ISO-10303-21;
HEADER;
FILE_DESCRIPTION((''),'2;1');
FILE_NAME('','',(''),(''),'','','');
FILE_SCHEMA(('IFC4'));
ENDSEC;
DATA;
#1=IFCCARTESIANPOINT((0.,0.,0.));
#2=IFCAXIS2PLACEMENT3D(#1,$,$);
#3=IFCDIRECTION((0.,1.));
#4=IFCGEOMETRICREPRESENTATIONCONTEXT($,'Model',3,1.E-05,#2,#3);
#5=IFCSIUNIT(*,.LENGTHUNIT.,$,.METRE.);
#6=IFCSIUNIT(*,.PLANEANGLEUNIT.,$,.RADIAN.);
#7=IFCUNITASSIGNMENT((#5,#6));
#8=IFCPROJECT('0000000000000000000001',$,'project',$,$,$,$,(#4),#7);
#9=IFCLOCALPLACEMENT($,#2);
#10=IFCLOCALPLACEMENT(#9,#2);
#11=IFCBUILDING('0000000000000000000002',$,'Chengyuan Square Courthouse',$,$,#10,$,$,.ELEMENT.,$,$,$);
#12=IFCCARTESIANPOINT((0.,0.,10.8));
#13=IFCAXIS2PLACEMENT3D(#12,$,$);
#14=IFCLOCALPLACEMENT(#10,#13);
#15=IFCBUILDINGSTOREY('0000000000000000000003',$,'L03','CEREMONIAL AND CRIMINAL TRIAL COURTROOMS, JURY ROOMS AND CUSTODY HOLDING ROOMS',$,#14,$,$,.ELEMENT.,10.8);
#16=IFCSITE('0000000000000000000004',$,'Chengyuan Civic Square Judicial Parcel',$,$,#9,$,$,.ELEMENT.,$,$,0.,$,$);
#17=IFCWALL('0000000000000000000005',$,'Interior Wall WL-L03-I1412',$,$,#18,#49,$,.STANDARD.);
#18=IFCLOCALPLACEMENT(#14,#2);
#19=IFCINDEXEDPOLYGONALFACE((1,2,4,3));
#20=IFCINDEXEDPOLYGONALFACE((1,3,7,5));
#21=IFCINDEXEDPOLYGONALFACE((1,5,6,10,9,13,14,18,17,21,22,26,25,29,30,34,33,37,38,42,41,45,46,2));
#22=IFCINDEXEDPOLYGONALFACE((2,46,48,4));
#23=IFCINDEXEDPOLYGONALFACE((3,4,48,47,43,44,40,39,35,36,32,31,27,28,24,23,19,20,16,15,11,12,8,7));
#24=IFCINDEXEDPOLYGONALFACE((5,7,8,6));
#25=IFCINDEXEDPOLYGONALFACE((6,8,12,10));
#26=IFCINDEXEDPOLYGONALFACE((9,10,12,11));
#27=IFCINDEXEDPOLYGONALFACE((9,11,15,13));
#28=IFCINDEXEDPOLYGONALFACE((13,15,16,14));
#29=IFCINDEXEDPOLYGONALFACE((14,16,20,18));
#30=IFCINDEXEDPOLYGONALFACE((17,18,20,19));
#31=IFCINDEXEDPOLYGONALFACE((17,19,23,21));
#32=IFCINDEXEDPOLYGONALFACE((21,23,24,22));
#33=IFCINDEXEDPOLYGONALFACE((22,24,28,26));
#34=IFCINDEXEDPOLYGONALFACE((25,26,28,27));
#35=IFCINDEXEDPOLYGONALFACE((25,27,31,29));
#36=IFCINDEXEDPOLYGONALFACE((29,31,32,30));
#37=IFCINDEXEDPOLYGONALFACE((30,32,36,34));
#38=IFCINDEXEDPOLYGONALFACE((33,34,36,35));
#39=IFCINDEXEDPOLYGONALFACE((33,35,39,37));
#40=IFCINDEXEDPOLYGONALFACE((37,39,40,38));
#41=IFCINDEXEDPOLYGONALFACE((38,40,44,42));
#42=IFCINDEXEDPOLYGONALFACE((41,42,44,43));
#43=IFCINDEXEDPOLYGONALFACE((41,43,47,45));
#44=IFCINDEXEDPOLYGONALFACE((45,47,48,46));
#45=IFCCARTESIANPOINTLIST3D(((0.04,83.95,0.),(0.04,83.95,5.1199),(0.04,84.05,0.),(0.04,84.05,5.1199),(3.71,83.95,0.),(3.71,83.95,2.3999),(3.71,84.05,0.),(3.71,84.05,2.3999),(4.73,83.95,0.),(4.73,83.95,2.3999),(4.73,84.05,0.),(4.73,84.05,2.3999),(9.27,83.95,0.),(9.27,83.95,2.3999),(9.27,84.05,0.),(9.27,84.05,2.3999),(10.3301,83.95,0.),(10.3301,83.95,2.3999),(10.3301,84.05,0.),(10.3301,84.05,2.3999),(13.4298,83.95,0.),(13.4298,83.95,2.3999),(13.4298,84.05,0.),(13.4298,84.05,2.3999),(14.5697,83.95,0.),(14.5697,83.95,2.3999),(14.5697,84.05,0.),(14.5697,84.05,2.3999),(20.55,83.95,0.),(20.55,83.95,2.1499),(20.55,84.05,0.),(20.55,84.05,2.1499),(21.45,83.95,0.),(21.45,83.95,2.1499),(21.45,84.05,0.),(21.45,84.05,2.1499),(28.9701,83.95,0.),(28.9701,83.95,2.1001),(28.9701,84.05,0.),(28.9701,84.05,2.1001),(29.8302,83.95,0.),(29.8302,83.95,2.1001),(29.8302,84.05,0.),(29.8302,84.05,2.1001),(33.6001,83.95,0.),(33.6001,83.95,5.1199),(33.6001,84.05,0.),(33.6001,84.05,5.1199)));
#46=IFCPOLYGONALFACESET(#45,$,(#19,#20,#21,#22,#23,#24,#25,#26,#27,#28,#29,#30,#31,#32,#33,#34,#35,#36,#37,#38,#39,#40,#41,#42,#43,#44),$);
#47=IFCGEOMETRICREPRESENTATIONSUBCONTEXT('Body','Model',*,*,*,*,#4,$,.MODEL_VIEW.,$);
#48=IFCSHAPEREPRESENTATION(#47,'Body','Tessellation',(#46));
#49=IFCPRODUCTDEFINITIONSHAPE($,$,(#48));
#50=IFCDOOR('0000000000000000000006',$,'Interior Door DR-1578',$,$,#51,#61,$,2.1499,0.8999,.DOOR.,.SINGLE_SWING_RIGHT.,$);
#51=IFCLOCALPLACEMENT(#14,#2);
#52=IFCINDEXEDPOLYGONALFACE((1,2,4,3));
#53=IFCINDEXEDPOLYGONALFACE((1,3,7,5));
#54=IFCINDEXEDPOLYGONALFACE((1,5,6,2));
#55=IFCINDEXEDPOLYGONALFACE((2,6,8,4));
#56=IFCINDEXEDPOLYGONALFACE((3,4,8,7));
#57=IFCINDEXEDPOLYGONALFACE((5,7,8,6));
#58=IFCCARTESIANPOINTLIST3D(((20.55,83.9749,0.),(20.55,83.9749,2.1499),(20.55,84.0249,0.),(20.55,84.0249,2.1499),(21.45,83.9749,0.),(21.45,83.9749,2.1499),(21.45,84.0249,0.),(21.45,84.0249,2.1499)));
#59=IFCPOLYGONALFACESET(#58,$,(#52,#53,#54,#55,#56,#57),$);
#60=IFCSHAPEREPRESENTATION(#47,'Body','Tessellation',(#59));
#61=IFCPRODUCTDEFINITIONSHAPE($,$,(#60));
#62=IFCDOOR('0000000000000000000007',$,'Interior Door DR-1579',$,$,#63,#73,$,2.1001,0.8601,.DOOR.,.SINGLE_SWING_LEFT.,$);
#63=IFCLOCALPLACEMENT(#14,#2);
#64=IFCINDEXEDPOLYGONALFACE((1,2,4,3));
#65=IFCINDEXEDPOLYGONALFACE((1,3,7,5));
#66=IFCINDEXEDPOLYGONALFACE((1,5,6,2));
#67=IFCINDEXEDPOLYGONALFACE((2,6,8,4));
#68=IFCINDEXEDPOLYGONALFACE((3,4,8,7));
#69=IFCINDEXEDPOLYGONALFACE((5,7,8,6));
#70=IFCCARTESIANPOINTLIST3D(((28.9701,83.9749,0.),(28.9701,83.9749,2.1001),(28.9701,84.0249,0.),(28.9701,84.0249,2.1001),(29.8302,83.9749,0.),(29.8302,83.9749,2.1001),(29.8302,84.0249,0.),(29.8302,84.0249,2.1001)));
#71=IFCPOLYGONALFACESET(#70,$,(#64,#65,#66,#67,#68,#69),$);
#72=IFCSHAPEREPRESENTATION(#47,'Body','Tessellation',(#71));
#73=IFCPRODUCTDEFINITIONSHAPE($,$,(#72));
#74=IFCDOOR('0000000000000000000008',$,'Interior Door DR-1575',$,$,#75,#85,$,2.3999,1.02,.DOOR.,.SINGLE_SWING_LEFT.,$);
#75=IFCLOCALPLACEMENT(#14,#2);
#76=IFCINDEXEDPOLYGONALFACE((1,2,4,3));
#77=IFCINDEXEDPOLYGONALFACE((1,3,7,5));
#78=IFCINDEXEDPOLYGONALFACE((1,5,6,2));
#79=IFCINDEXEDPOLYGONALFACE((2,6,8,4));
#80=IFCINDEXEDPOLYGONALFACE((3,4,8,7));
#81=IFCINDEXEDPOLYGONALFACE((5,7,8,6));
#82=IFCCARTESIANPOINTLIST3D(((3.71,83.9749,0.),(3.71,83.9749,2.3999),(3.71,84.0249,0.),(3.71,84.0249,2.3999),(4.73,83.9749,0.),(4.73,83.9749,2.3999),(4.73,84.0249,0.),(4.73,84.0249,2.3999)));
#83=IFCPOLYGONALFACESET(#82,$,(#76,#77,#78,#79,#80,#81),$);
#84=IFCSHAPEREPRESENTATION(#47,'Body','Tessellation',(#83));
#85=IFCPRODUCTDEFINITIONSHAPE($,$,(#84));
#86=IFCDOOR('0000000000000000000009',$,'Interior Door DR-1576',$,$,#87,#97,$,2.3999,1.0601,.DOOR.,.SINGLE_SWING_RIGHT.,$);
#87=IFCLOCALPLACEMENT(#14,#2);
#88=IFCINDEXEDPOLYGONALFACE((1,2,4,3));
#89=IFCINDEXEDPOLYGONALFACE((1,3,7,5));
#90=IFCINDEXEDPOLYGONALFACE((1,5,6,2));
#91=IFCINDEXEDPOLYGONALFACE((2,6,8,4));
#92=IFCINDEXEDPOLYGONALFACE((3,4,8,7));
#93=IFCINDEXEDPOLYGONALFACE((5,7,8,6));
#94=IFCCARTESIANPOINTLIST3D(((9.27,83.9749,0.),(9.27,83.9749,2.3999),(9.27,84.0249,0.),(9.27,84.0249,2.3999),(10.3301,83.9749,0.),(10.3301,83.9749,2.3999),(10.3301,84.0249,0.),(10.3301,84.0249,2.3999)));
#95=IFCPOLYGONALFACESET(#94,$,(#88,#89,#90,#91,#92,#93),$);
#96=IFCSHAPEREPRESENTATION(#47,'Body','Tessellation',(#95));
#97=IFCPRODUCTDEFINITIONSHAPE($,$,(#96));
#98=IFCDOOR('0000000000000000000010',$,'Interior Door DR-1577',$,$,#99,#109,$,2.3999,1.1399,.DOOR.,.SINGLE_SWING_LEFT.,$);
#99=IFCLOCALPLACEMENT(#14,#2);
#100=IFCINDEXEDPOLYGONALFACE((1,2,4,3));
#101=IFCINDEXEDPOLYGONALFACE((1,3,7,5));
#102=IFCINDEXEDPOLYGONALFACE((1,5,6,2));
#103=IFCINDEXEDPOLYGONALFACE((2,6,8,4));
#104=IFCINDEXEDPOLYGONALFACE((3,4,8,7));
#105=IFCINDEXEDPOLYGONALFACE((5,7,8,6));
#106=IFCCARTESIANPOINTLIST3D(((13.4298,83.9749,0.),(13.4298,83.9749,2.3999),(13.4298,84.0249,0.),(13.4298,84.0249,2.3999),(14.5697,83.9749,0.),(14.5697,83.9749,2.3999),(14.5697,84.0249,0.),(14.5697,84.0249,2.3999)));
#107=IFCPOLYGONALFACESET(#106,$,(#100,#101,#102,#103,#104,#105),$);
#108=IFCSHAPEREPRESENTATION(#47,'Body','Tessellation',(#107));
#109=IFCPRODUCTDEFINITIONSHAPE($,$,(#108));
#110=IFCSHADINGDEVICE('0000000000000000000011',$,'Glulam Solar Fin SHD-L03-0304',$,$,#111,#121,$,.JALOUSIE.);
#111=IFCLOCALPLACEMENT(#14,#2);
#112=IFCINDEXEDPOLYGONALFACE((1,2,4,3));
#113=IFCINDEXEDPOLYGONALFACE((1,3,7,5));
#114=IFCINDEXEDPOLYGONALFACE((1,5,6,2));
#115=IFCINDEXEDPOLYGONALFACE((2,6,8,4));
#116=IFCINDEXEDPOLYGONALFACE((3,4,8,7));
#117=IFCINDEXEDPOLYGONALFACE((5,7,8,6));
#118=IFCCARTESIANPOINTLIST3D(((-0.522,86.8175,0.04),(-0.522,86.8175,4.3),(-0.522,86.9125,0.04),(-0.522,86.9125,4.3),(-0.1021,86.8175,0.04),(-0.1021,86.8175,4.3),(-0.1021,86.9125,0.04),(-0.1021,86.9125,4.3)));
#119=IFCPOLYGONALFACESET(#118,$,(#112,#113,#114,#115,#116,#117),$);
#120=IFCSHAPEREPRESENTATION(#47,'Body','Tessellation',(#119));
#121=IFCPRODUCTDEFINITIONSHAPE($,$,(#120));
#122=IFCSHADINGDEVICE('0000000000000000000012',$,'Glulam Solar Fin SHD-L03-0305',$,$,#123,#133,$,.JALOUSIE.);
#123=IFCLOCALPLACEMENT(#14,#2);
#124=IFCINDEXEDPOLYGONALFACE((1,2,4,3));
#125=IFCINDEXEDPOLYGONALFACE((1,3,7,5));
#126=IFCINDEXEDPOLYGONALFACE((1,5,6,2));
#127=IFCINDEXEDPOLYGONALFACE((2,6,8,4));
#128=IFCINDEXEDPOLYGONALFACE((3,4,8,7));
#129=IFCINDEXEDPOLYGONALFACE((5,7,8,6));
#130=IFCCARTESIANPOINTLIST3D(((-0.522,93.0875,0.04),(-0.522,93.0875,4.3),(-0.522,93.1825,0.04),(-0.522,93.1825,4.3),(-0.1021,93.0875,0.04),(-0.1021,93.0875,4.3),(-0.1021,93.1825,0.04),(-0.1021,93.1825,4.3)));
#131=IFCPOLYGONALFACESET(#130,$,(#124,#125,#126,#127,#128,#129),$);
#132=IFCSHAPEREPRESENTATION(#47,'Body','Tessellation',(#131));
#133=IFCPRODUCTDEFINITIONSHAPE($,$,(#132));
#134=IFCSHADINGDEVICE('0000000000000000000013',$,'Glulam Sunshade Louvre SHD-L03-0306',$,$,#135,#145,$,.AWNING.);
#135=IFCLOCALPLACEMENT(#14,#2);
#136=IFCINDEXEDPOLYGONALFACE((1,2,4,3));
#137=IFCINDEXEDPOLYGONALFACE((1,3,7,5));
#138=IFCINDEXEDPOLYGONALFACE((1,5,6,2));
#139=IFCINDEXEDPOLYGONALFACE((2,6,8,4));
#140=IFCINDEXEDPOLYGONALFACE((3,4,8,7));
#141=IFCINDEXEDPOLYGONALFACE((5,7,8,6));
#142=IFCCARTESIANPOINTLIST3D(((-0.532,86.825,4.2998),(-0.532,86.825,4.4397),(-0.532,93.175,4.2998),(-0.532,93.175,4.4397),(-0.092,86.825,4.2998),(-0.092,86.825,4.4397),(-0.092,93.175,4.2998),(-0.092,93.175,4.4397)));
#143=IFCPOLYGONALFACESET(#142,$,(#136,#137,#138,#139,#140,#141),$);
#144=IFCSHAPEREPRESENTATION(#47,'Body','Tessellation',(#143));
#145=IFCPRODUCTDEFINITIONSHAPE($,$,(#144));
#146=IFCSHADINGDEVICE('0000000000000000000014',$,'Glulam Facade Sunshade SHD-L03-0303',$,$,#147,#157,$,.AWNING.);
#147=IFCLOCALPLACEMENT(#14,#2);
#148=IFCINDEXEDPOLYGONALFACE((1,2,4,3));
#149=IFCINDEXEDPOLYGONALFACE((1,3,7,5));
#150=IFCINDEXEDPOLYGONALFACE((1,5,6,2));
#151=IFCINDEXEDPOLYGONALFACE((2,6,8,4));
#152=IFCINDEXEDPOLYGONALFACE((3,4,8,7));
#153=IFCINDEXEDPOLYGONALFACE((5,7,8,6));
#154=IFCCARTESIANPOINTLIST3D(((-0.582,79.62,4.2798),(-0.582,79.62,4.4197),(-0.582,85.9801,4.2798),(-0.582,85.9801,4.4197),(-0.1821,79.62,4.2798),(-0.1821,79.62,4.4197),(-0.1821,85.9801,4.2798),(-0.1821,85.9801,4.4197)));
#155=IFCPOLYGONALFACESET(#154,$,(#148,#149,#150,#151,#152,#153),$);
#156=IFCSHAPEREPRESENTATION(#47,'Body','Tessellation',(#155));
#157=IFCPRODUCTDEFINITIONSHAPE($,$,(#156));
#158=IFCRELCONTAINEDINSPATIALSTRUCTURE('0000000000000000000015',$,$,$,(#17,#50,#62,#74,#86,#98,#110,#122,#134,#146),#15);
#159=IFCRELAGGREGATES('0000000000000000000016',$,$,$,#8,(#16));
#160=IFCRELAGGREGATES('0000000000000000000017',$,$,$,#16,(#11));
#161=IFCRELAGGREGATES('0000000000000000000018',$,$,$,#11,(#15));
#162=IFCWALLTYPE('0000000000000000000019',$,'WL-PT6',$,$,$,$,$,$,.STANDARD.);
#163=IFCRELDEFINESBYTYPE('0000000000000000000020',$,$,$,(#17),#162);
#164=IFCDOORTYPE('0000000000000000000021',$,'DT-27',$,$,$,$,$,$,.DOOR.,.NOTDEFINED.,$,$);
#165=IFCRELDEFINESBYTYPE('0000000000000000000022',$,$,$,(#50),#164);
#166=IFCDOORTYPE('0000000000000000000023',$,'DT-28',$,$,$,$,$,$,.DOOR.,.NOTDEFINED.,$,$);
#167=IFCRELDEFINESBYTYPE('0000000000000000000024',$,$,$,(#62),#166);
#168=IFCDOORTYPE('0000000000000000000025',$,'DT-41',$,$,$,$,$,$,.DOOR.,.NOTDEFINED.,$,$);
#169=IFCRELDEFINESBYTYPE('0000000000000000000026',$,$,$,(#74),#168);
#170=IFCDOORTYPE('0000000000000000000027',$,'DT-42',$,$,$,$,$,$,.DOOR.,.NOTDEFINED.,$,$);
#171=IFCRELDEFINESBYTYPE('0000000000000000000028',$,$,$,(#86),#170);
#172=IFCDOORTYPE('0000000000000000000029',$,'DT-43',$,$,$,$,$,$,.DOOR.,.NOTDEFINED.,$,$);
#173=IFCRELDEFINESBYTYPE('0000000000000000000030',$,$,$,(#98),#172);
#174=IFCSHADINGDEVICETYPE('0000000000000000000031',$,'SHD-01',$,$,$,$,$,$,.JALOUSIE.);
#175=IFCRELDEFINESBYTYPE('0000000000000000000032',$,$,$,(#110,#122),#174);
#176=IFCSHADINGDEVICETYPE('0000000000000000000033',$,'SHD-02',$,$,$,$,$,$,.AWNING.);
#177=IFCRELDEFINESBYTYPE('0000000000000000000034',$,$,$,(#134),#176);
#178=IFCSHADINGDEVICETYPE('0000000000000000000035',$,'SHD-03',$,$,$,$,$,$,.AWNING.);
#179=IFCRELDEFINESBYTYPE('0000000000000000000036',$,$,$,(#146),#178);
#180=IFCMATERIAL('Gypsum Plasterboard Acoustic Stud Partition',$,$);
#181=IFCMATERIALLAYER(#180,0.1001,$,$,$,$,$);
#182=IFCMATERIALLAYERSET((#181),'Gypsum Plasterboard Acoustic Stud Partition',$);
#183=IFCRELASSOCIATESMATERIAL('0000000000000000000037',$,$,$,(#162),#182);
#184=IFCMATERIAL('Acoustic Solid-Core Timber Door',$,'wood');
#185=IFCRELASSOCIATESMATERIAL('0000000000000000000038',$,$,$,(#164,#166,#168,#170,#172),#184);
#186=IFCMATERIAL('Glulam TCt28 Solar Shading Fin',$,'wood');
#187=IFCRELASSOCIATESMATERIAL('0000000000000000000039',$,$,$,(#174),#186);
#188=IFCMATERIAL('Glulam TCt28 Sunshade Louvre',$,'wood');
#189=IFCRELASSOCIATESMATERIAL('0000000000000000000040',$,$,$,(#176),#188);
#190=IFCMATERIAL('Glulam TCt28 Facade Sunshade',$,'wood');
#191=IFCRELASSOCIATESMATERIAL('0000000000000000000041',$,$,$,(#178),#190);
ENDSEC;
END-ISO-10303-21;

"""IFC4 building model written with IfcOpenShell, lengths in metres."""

from ifc_helpers import new_model, si_unit, direction, frame, frame_2d, origin, origin_2d, place, context, subcontext, project, spatial, rectangle, extrude, material, layer, layer_set, type_object, element, fill, save


model = new_model("IFC4")

# Units and contexts
model_context = context("Model", 3, precision=1e-05, world=origin(), true_north=direction((0.0, 1.0)))
body_context = subcontext(model_context, "Body", "Model", "MODEL_VIEW")
ifc_project = project(units=[si_unit("LENGTHUNIT", "METRE"), si_unit("PLANEANGLEUNIT", "RADIAN")], contexts=[model_context])

# Site, building, storey
site_placement = place(None, origin())
site = spatial("IfcSite", under=ifc_project, at=site_placement, Name="Chengyuan Civic Square Judicial Parcel", CompositionType="ELEMENT", RefElevation=0.0)
building_placement = place(site_placement, origin())
building = spatial("IfcBuilding", under=site, at=building_placement, Name="Chengyuan Square Courthouse", CompositionType="ELEMENT")
storey_placement = place(building_placement, frame((0.0, 0.0, 10.8)))
storey = spatial("IfcBuildingStorey", under=building, at=storey_placement, Name="L03", Description="CEREMONIAL AND CRIMINAL TRIAL COURTROOMS, JURY ROOMS AND CUSTODY HOLDING ROOMS", CompositionType="ELEMENT", Elevation=10.8)

# Wall, openings, doors
ifc_material_1 = material(Name="Gypsum Plasterboard Acoustic Stud Partition")
ifc_layer_1 = layer(ifc_material_1, 0.1001)
ifc_layer_set_1 = layer_set([ifc_layer_1], Name="Gypsum Plasterboard Acoustic Stud Partition")
wall_type_1 = type_object("IfcWallType", Name="WL-PT6", PredefinedType="STANDARD", material=ifc_layer_set_1)
wall_1_placement = place(storey_placement, frame((0.04, 84.0, 0.0), z_axis=(0.0, 0.0, 1.0), x_axis=(1.0, 0.0, 0.0)))
wall_1 = element("IfcWall", 1, at=wall_1_placement, inside=storey, type_object=wall_type_1, Name="Interior Wall WL-L03-I1412", PredefinedType="STANDARD", context=body_context, shape_type="SweptSolid", body=[
    extrude(rectangle(XDim=33.5601, YDim=0.1001, at=frame_2d((16.78, 0.0))), origin(), (0.0, 0.0, 1.0), 5.1199),
])
opening_1_placement = place(wall_1_placement, frame((3.6699, 0.0, 0.0)))
opening_1 = element("IfcOpeningElement", 2, at=opening_1_placement, cuts=wall_1, PredefinedType="OPENING", context=body_context, shape_type="SweptSolid", body=[
    extrude(rectangle(XDim=1.02, YDim=2.3999, at=frame_2d((0.51, 1.2))), frame((0.0, 0.062, 0.0), z_axis=(0.0, -1.0, 0.0), x_axis=(1.0, 0.0, 0.0)), (0.0, 0.0, 1.0), 0.124),
])
opening_2_placement = place(wall_1_placement, frame((9.23, 0.0, 0.0)))
opening_2 = element("IfcOpeningElement", 3, at=opening_2_placement, cuts=wall_1, PredefinedType="OPENING", context=body_context, shape_type="SweptSolid", body=[
    extrude(rectangle(XDim=1.0601, YDim=2.3999, at=frame_2d((0.53, 1.2))), frame((0.0, 0.062, 0.0), z_axis=(0.0, -1.0, 0.0), x_axis=(1.0, 0.0, 0.0)), (0.0, 0.0, 1.0), 0.124),
])
opening_3_placement = place(wall_1_placement, frame((13.3899, 0.0, 0.0)))
opening_3 = element("IfcOpeningElement", 4, at=opening_3_placement, cuts=wall_1, PredefinedType="OPENING", context=body_context, shape_type="SweptSolid", body=[
    extrude(rectangle(XDim=1.1399, YDim=2.3999, at=frame_2d((0.5698, 1.2))), frame((0.0, 0.062, 0.0), z_axis=(0.0, -1.0, 0.0), x_axis=(1.0, 0.0, 0.0)), (0.0, 0.0, 1.0), 0.124),
])
opening_4_placement = place(wall_1_placement, frame((20.51, 0.0, 0.0)))
opening_4 = element("IfcOpeningElement", 5, at=opening_4_placement, cuts=wall_1, PredefinedType="OPENING", context=body_context, shape_type="SweptSolid", body=[
    extrude(rectangle(XDim=0.8999, YDim=2.1499, at=frame_2d((0.45, 1.075))), frame((0.0, 0.062, 0.0), z_axis=(0.0, -1.0, 0.0), x_axis=(1.0, 0.0, 0.0)), (0.0, 0.0, 1.0), 0.124),
])
opening_5_placement = place(wall_1_placement, frame((28.9299, 0.0, 0.0)))
opening_5 = element("IfcOpeningElement", 6, at=opening_5_placement, cuts=wall_1, PredefinedType="OPENING", context=body_context, shape_type="SweptSolid", body=[
    extrude(rectangle(XDim=0.8601, YDim=2.1001, at=frame_2d((0.4302, 1.05))), frame((0.0, 0.062, 0.0), z_axis=(0.0, -1.0, 0.0), x_axis=(1.0, 0.0, 0.0)), (0.0, 0.0, 1.0), 0.124),
])
ifc_material_2 = material(Name="Acoustic Solid-Core Timber Door", Category="wood")
door_type_1 = type_object("IfcDoorType", Name="DT-27", OperationType="NOTDEFINED", PredefinedType="DOOR", material=ifc_material_2)
door_1_placement = place(opening_4_placement, origin())
door_1 = element("IfcDoor", 7, at=door_1_placement, inside=storey, type_object=door_type_1, Name="Interior Door DR-1578", OperationType="SINGLE_SWING_RIGHT", OverallHeight=2.1499, OverallWidth=0.8999, PredefinedType="DOOR", context=body_context, shape_type="SweptSolid", body=[
    extrude(rectangle(XDim=0.8999, YDim=2.1499, at=frame_2d((0.45, 1.075))), frame((0.0, 0.0249, 0.0), z_axis=(0.0, -1.0, 0.0), x_axis=(1.0, 0.0, 0.0)), (0.0, 0.0, 1.0), 0.05),
])
fill(opening_4, door_1)
door_type_2 = type_object("IfcDoorType", Name="DT-28", OperationType="NOTDEFINED", PredefinedType="DOOR", material=ifc_material_2)
door_2_placement = place(opening_5_placement, origin())
door_2 = element("IfcDoor", 8, at=door_2_placement, inside=storey, type_object=door_type_2, Name="Interior Door DR-1579", OperationType="SINGLE_SWING_LEFT", OverallHeight=2.1001, OverallWidth=0.8601, PredefinedType="DOOR", context=body_context, shape_type="SweptSolid", body=[
    extrude(rectangle(XDim=0.8601, YDim=2.1001, at=frame_2d((0.4302, 1.05))), frame((0.0, 0.0249, 0.0), z_axis=(0.0, -1.0, 0.0), x_axis=(1.0, 0.0, 0.0)), (0.0, 0.0, 1.0), 0.05),
])
fill(opening_5, door_2)
door_type_3 = type_object("IfcDoorType", Name="DT-41", OperationType="NOTDEFINED", PredefinedType="DOOR", material=ifc_material_2)
door_3_placement = place(opening_1_placement, origin())
door_3 = element("IfcDoor", 9, at=door_3_placement, inside=storey, type_object=door_type_3, Name="Interior Door DR-1575", OperationType="SINGLE_SWING_LEFT", OverallHeight=2.3999, OverallWidth=1.02, PredefinedType="DOOR", context=body_context, shape_type="SweptSolid", body=[
    extrude(rectangle(XDim=1.02, YDim=2.3999, at=frame_2d((0.51, 1.2))), frame((0.0, 0.0249, 0.0), z_axis=(0.0, -1.0, 0.0), x_axis=(1.0, 0.0, 0.0)), (0.0, 0.0, 1.0), 0.05),
])
fill(opening_1, door_3)
door_type_4 = type_object("IfcDoorType", Name="DT-42", OperationType="NOTDEFINED", PredefinedType="DOOR", material=ifc_material_2)
door_4_placement = place(opening_2_placement, origin())
door_4 = element("IfcDoor", 10, at=door_4_placement, inside=storey, type_object=door_type_4, Name="Interior Door DR-1576", OperationType="SINGLE_SWING_RIGHT", OverallHeight=2.3999, OverallWidth=1.0601, PredefinedType="DOOR", context=body_context, shape_type="SweptSolid", body=[
    extrude(rectangle(XDim=1.0601, YDim=2.3999, at=frame_2d((0.53, 1.2))), frame((0.0, 0.0249, 0.0), z_axis=(0.0, -1.0, 0.0), x_axis=(1.0, 0.0, 0.0)), (0.0, 0.0, 1.0), 0.05),
])
fill(opening_2, door_4)
door_type_5 = type_object("IfcDoorType", Name="DT-43", OperationType="NOTDEFINED", PredefinedType="DOOR", material=ifc_material_2)
door_5_placement = place(opening_3_placement, origin())
door_5 = element("IfcDoor", 11, at=door_5_placement, inside=storey, type_object=door_type_5, Name="Interior Door DR-1577", OperationType="SINGLE_SWING_LEFT", OverallHeight=2.3999, OverallWidth=1.1399, PredefinedType="DOOR", context=body_context, shape_type="SweptSolid", body=[
    extrude(rectangle(XDim=1.1399, YDim=2.3999, at=frame_2d((0.5698, 1.2))), frame((0.0, 0.0249, 0.0), z_axis=(0.0, -1.0, 0.0), x_axis=(1.0, 0.0, 0.0)), (0.0, 0.0, 1.0), 0.05),
])
fill(opening_3, door_5)

# Shading devices
ifc_material_3 = material(Name="Glulam TCt28 Solar Shading Fin", Category="wood")
shading_device_type_1 = type_object("IfcShadingDeviceType", Name="SHD-01", PredefinedType="JALOUSIE", material=ifc_material_3)
for number, where, z_axis, x_axis, name in (
    (12, (-0.312, 86.865, 0.04), (0.0, 0.0, 1.0), (1.0, 0.0, 0.0), "Glulam Solar Fin SHD-L03-0304"),
    (13, (-0.312, 93.135, 0.04), (0.0, 0.0, 1.0), (1.0, 0.0, 0.0), "Glulam Solar Fin SHD-L03-0305"),
):
    element("IfcShadingDevice", number, at=place(storey_placement, frame(where, z_axis=z_axis, x_axis=x_axis)), inside=storey, type_object=shading_device_type_1, Name=name, PredefinedType="JALOUSIE", context=body_context, shape_type="SweptSolid", body=[
        extrude(rectangle(XDim=0.4199, YDim=0.095, at=origin_2d()), origin(), (0.0, 0.0, 1.0), 4.26),
    ])
ifc_material_4 = material(Name="Glulam TCt28 Sunshade Louvre", Category="wood")
shading_device_type_2 = type_object("IfcShadingDeviceType", Name="SHD-02", PredefinedType="AWNING", material=ifc_material_4)
shading_device_1_placement = place(storey_placement, frame((-0.312, 90.0, 4.2998), z_axis=(0.0, 0.0, 1.0), x_axis=(0.0, 1.0, 0.0)))
element("IfcShadingDevice", 14, at=shading_device_1_placement, inside=storey, type_object=shading_device_type_2, Name="Glulam Sunshade Louvre SHD-L03-0306", PredefinedType="AWNING", context=body_context, shape_type="SweptSolid", body=[
    extrude(rectangle(XDim=6.3501, YDim=0.4399, at=origin_2d()), origin(), (0.0, 0.0, 1.0), 0.1399),
])
ifc_material_5 = material(Name="Glulam TCt28 Facade Sunshade", Category="wood")
shading_device_type_3 = type_object("IfcShadingDeviceType", Name="SHD-03", PredefinedType="AWNING", material=ifc_material_5)
shading_device_2_placement = place(storey_placement, frame((-0.3821, 82.8, 4.2798), z_axis=(0.0, 0.0, 1.0), x_axis=(0.0, 1.0, 0.0)))
element("IfcShadingDevice", 15, at=shading_device_2_placement, inside=storey, type_object=shading_device_type_3, Name="Glulam Facade Sunshade SHD-L03-0303", PredefinedType="AWNING", context=body_context, shape_type="SweptSolid", body=[
    extrude(rectangle(XDim=6.3601, YDim=0.3999, at=origin_2d()), origin(), (0.0, 0.0, 1.0), 0.1399),
])

save(model, "model.ifc")
